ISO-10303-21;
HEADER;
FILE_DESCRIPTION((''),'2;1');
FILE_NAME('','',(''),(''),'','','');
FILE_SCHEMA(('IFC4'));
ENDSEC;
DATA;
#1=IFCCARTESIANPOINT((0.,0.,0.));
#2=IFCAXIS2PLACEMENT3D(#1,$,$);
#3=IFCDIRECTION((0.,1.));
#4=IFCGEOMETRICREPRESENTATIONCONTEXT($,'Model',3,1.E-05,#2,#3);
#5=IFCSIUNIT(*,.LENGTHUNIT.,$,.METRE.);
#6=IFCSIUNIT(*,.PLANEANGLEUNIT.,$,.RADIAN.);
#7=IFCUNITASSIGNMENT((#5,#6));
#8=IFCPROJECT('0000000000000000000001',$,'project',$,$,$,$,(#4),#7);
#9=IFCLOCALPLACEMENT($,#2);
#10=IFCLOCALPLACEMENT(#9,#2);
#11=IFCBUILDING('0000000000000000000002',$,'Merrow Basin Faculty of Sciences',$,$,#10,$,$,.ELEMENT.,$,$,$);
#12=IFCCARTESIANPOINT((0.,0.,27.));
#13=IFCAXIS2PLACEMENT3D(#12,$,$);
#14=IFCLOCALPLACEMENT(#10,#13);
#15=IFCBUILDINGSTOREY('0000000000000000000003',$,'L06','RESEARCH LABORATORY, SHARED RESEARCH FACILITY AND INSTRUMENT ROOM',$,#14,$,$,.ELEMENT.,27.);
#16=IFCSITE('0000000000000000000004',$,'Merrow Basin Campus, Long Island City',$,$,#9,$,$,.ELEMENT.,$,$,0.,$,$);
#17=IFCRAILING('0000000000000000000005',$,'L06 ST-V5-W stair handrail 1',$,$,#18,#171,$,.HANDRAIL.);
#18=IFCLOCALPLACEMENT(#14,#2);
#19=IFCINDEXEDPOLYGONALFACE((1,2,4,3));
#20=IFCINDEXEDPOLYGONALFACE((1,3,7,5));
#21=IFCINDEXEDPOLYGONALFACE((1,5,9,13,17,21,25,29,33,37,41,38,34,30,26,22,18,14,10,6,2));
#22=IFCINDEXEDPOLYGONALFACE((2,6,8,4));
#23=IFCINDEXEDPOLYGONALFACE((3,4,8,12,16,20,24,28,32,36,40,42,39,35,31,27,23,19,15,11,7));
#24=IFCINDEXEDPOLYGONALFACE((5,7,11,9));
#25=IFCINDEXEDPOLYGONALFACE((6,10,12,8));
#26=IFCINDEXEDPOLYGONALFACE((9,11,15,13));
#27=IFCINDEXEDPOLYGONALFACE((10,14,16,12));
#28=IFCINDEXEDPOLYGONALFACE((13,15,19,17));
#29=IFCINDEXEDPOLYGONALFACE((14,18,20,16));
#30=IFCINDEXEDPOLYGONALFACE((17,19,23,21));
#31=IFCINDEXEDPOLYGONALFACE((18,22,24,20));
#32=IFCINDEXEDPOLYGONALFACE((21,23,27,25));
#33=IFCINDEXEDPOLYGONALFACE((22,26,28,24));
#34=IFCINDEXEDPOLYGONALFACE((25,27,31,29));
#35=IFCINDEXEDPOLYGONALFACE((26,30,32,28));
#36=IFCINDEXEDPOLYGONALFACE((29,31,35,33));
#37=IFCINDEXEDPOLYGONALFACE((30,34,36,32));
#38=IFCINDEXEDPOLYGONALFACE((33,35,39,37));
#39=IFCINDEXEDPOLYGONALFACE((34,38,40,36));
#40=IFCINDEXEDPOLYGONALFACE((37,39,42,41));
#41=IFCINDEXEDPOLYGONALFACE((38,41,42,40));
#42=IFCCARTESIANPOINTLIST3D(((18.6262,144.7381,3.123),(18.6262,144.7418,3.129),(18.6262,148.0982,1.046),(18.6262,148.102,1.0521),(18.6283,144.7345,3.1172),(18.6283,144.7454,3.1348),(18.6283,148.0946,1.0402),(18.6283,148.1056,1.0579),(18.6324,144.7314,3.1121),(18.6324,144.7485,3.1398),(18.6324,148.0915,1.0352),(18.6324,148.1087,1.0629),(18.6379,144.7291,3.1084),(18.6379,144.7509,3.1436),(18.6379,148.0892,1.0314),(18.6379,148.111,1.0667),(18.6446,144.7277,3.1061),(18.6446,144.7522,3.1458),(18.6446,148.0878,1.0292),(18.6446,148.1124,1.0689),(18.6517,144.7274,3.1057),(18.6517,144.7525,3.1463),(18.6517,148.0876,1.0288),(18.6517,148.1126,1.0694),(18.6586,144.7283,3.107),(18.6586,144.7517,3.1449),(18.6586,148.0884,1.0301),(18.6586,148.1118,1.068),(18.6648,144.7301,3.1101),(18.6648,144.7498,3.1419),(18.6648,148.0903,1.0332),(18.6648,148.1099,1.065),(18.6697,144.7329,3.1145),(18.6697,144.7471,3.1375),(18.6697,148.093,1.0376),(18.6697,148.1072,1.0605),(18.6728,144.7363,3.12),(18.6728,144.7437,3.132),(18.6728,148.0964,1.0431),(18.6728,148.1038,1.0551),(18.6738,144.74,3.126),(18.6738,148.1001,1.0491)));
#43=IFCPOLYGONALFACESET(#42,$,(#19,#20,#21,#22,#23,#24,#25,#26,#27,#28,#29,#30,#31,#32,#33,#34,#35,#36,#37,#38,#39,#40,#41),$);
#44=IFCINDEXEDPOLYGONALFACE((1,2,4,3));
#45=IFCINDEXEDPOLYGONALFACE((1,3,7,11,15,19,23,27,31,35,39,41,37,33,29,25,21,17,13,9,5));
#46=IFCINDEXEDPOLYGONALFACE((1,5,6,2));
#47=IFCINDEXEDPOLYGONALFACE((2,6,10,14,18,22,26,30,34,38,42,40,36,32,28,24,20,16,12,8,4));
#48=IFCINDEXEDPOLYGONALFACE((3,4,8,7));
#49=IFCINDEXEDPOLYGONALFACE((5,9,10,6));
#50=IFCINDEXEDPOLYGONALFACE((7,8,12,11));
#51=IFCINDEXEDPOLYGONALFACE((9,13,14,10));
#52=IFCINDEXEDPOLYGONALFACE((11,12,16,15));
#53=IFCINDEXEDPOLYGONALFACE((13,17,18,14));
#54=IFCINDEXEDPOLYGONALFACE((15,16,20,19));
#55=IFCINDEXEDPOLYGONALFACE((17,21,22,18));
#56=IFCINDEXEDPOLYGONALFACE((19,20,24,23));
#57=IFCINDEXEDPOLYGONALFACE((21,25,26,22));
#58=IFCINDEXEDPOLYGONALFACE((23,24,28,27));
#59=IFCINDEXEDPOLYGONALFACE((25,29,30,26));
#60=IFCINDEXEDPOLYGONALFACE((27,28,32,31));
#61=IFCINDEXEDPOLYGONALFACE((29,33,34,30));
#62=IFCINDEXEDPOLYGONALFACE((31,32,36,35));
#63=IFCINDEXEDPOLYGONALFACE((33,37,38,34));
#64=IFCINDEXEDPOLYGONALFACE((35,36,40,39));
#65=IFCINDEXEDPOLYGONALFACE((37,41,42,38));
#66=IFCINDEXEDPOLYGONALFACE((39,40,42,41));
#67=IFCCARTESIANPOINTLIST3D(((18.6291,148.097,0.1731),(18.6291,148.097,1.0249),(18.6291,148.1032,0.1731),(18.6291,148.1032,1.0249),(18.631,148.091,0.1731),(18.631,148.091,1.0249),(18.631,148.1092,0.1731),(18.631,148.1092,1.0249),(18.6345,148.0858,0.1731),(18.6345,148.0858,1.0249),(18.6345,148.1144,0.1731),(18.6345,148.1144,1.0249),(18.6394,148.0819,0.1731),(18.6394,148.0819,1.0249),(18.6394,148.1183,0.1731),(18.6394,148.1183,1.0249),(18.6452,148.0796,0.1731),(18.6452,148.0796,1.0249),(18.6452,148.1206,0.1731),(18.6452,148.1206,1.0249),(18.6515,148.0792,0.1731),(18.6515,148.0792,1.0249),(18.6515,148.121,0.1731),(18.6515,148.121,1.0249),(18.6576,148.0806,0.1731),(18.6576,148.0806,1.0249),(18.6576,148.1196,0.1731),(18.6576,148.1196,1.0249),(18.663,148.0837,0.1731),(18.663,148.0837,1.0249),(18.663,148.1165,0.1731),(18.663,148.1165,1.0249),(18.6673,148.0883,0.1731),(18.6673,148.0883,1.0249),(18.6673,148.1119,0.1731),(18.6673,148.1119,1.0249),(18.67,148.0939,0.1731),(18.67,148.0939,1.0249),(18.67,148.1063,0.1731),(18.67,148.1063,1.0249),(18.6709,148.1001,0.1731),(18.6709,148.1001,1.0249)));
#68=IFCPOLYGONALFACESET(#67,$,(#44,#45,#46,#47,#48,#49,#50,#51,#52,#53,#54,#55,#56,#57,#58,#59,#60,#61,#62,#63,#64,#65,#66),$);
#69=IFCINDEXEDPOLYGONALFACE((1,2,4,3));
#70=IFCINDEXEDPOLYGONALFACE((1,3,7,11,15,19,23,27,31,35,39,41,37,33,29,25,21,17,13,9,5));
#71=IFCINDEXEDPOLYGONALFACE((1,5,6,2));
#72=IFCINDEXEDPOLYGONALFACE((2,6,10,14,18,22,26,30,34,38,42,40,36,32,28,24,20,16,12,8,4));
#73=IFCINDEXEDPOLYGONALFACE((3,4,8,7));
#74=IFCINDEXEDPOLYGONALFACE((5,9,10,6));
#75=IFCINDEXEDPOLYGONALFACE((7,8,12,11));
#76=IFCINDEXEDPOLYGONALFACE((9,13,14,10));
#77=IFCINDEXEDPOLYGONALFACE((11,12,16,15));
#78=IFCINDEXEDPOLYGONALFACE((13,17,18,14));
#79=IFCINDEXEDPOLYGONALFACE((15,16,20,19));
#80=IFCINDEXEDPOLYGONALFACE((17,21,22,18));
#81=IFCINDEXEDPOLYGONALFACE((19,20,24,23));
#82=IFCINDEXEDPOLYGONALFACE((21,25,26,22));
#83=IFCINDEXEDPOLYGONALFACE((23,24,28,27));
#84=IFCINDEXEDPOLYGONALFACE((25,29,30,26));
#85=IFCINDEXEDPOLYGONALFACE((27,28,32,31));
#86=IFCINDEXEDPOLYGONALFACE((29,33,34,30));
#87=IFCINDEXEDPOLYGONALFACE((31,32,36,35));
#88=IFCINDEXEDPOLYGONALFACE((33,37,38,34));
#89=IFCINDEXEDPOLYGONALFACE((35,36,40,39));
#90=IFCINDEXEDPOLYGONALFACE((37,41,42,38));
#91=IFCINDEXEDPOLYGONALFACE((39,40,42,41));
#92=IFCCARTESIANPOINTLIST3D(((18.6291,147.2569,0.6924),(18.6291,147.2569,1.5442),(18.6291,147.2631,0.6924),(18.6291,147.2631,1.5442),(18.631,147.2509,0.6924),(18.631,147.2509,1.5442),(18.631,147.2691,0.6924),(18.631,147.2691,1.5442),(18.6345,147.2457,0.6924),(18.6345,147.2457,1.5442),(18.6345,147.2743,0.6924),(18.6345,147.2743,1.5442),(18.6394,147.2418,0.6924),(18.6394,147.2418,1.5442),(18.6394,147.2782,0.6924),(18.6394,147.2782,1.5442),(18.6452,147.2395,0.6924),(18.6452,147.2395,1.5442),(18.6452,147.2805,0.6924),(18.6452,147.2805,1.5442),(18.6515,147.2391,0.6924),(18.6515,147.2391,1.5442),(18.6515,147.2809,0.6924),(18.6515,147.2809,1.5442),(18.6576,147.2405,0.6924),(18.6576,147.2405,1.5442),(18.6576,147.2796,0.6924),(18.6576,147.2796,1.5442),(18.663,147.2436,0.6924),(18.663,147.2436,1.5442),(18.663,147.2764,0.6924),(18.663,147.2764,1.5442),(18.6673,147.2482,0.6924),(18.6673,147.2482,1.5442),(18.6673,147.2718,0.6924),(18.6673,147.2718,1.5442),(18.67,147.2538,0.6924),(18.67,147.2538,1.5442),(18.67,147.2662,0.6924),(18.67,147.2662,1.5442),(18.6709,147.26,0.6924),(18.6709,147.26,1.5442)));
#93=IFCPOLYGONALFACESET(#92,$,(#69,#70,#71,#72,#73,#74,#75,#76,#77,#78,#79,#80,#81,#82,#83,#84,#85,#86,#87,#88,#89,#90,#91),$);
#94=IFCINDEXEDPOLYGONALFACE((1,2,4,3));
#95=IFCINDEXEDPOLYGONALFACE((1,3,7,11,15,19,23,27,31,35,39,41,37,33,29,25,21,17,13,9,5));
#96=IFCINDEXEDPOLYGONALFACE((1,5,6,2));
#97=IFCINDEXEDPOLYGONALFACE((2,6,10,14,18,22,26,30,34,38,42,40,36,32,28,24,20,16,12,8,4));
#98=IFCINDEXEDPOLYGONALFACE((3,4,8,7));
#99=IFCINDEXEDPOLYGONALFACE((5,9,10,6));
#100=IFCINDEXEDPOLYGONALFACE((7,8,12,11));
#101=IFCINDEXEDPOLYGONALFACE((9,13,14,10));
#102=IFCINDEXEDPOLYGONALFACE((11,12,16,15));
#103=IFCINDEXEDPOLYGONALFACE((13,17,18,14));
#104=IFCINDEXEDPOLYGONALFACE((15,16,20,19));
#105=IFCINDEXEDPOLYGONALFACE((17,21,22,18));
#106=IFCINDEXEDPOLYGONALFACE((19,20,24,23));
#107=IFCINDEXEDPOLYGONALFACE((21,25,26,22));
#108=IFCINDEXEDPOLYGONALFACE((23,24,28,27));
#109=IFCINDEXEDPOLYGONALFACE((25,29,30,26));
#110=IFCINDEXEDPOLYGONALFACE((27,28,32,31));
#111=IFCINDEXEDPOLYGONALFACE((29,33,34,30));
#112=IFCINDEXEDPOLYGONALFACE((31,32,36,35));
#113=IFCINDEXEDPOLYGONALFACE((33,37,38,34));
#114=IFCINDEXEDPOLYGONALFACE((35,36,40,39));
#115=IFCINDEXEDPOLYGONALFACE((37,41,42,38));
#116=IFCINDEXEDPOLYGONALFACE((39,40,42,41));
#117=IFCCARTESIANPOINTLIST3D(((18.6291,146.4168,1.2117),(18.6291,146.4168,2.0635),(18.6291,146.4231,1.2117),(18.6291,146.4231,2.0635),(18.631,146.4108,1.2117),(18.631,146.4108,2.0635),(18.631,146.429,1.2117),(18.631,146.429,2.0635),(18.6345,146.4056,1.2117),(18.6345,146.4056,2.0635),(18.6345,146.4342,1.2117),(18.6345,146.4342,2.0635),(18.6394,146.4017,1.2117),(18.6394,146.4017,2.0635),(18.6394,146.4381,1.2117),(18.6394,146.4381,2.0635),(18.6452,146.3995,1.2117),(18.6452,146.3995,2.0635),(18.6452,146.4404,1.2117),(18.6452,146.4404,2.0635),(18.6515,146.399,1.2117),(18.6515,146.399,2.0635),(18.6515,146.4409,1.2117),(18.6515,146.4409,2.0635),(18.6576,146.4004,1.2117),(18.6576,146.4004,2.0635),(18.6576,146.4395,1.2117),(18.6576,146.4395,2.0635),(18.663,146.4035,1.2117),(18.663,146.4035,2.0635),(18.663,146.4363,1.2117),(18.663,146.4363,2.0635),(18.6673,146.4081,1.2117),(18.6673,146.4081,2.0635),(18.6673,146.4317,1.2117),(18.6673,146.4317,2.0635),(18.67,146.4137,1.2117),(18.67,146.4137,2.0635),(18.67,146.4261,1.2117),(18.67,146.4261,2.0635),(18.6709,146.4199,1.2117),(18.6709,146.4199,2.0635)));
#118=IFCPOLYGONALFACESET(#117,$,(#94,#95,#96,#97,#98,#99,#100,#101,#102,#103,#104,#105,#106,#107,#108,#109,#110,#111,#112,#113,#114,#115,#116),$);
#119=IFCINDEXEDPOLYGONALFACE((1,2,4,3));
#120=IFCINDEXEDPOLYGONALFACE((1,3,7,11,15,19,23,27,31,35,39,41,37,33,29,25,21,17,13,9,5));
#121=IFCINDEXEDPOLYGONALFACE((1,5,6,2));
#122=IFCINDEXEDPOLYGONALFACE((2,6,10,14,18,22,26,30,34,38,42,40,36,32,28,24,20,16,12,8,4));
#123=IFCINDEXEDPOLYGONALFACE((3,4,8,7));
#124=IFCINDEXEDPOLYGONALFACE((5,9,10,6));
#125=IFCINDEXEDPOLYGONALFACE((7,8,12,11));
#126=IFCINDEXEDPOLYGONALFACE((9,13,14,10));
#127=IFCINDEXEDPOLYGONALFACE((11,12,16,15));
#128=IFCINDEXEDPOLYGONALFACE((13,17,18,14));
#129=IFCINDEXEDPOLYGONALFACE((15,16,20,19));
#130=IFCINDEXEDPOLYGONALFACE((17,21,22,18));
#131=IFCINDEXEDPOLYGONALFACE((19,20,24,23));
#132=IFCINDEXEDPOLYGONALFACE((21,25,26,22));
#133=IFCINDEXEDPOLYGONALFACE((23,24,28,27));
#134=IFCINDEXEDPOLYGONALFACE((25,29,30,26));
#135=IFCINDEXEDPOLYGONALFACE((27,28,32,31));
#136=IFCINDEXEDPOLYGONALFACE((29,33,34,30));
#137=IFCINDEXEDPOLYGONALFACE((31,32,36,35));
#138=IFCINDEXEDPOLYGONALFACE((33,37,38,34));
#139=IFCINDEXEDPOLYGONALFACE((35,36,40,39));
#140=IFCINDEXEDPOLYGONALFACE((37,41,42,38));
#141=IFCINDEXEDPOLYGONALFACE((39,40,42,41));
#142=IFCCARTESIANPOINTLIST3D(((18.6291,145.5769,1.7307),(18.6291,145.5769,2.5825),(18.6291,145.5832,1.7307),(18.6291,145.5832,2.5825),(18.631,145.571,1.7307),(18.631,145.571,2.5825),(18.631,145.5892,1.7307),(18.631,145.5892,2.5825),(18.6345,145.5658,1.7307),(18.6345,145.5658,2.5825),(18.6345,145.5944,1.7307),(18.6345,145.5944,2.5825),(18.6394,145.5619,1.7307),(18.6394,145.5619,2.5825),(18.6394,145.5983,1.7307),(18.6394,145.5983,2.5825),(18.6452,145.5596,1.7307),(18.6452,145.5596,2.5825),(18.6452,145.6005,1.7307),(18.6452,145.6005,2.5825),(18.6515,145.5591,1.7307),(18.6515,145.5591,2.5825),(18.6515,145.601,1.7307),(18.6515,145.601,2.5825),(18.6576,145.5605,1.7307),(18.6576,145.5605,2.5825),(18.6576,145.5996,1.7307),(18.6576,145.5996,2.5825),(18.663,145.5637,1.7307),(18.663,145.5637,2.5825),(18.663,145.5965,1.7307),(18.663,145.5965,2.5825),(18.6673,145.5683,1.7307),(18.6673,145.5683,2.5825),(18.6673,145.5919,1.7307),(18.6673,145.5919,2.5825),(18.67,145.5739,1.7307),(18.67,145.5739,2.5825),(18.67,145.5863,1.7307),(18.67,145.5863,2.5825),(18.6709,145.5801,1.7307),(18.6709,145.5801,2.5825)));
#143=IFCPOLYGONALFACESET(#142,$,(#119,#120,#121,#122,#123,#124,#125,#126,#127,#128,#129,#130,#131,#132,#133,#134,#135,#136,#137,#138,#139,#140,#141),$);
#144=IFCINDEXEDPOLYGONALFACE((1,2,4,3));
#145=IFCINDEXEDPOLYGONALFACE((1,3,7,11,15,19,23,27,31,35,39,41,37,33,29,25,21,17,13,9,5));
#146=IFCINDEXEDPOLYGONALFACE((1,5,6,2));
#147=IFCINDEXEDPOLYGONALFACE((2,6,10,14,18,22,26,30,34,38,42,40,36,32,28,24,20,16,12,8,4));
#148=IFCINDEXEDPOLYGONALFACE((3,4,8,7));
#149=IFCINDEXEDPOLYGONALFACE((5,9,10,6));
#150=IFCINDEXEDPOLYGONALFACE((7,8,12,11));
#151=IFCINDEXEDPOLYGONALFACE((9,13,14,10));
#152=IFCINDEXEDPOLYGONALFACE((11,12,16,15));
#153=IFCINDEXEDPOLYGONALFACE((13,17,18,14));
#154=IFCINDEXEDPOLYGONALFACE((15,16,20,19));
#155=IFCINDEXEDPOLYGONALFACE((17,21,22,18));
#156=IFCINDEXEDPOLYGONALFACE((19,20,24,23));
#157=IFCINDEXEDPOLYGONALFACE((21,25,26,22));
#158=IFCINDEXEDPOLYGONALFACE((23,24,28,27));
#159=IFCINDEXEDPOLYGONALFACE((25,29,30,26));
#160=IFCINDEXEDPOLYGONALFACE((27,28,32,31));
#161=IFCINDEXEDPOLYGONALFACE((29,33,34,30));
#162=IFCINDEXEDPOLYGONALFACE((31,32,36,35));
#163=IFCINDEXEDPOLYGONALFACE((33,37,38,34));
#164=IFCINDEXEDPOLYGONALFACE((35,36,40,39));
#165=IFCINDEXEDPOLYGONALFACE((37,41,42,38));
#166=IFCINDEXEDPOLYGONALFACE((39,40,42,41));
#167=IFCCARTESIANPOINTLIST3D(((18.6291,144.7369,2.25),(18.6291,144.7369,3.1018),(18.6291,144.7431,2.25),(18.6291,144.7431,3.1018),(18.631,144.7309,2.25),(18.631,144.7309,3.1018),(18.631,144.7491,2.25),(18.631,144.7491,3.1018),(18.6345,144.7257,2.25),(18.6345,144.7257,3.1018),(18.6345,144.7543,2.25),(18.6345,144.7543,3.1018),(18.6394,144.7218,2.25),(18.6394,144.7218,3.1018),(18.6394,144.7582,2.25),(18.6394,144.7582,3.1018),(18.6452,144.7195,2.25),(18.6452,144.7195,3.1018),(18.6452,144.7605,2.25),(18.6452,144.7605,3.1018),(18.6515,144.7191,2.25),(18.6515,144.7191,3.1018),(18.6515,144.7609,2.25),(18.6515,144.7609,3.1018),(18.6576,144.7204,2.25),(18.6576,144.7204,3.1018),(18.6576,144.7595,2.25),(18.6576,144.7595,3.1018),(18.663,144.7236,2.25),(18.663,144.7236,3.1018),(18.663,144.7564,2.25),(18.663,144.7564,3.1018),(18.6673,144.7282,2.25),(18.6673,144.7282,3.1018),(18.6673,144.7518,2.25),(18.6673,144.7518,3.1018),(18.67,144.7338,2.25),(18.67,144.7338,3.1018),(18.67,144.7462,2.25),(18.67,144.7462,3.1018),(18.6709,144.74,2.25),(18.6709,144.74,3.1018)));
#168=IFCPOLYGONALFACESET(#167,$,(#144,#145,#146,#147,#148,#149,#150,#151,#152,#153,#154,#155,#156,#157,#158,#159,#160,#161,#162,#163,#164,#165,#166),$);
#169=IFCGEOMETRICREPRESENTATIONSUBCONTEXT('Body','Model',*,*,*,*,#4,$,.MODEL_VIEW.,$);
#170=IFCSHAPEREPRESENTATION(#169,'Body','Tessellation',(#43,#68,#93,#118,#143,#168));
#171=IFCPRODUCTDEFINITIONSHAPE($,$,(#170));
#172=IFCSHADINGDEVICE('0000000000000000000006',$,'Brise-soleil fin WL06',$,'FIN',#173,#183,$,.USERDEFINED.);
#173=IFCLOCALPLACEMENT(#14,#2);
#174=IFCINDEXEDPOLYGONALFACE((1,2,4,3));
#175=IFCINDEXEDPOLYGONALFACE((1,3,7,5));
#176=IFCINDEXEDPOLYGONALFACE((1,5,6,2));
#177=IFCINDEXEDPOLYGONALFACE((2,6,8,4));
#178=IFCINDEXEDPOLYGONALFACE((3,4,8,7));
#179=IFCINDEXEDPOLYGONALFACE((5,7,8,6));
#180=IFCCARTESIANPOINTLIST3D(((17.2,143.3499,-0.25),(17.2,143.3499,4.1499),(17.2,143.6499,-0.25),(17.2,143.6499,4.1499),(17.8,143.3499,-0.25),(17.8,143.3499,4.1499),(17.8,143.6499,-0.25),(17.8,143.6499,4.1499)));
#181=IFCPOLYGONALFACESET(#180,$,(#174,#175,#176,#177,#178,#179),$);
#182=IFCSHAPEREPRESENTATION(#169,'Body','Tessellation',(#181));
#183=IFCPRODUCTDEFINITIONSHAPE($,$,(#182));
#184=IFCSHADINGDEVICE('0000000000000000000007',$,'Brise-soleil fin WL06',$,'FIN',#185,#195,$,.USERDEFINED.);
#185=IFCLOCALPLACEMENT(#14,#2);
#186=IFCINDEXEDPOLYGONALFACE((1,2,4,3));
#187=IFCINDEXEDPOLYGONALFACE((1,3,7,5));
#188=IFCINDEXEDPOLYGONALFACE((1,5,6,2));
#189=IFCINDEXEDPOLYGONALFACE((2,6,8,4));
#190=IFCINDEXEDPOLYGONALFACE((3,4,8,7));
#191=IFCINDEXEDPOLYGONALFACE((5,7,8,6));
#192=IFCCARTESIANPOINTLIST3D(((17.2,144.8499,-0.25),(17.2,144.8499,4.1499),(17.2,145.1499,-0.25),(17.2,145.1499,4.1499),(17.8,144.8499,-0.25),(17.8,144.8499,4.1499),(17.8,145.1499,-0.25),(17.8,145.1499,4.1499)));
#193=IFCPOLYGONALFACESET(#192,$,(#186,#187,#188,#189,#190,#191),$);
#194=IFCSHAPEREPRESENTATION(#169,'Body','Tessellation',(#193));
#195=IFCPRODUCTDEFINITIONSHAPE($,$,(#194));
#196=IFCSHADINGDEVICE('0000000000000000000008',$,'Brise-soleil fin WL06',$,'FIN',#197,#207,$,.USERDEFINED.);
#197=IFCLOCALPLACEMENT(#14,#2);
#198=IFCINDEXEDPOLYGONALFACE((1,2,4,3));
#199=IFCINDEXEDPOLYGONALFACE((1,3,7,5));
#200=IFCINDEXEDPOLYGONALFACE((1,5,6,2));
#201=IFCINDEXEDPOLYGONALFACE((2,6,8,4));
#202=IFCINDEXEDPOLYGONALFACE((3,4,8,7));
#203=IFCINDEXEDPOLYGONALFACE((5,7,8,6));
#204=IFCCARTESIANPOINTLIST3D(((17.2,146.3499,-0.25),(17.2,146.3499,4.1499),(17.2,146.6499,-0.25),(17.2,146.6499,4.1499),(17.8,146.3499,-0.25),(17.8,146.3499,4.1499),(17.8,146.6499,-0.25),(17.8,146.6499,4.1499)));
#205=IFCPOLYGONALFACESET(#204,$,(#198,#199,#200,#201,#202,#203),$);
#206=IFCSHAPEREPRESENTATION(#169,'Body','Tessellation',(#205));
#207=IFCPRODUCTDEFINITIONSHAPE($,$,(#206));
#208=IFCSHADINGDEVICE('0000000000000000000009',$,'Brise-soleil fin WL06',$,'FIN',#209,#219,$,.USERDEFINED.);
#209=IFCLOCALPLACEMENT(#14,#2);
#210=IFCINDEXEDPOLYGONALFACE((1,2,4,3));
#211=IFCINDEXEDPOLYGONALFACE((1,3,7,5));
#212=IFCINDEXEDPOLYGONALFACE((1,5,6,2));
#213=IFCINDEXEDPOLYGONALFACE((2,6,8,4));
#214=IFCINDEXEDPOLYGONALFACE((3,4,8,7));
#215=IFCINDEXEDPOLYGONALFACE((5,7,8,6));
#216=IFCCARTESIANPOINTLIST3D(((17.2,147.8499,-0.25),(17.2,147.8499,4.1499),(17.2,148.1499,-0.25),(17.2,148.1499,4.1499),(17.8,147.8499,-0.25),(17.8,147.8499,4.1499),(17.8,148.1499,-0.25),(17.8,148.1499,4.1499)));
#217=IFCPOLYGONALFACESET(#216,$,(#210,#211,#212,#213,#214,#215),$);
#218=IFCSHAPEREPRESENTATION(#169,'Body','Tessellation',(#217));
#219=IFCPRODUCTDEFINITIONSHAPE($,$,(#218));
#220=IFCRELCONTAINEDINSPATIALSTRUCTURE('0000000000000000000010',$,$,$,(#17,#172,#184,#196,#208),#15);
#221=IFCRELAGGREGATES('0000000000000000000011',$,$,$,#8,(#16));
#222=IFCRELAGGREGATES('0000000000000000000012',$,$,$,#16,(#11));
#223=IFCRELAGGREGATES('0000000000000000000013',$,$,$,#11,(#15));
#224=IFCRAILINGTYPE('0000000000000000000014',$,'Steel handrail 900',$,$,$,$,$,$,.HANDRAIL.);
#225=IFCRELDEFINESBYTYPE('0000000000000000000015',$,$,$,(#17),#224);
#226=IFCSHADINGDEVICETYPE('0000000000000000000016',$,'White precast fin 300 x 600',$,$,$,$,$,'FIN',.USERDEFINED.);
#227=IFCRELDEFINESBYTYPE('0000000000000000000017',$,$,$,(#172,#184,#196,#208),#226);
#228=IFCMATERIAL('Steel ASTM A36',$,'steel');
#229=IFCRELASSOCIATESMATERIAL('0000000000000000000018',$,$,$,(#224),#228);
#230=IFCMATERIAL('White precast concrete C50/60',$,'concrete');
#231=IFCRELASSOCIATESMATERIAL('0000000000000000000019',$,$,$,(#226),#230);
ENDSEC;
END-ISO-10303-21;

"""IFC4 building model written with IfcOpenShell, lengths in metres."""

from ifc_helpers import new_model, si_unit, direction, frame, origin, origin_2d, place, context, subcontext, project, spatial, polyline, circle, outline, extrude, source, transform, mapped, material, type_object, element, save


model = new_model("IFC4")

# Units and contexts
model_context = context("Model", 3, precision=1e-05, world=origin(), true_north=direction((0.0, 1.0)))
body_context = subcontext(model_context, "Body", "Model", "MODEL_VIEW")
ifc_project = project(units=[si_unit("LENGTHUNIT", "METRE"), si_unit("PLANEANGLEUNIT", "RADIAN")], contexts=[model_context])

# Site, building, storey
site_placement = place(None, origin())
site = spatial("IfcSite", under=ifc_project, at=site_placement, Name="Merrow Basin Campus, Long Island City", CompositionType="ELEMENT", RefElevation=0.0)
building_placement = place(site_placement, origin())
building = spatial("IfcBuilding", under=site, at=building_placement, Name="Merrow Basin Faculty of Sciences", CompositionType="ELEMENT")
storey_placement = place(building_placement, frame((0.0, 0.0, 27.0)))
storey = spatial("IfcBuildingStorey", under=building, at=storey_placement, Name="L06", Description="RESEARCH LABORATORY, SHARED RESEARCH FACILITY AND INSTRUMENT ROOM", CompositionType="ELEMENT", Elevation=27.0)

# Railing
ifc_material_1 = material(Name="Steel ASTM A36", Category="steel")
railing_type_1 = type_object("IfcRailingType", Name="Steel handrail 900", PredefinedType="HANDRAIL", material=ifc_material_1)
railing_1_placement = place(storey_placement, frame((18.6499, 148.1001, 0.1731)))
element("IfcRailing", 1, at=railing_1_placement, inside=storey, type_object=railing_type_1, Name="L06 ST-V5-W stair handrail 1", PredefinedType="HANDRAIL", context=body_context, shape_type="SweptSolid", body=[
    extrude(circle(Radius=0.0239, at=origin_2d()), frame((0.0, 0.0, 0.876), z_axis=(0.0, -0.850623, 0.525776), x_axis=(1.0, 0.0, 0.0)), (0.0, 0.0, 1.0), 3.9502),
    extrude(circle(Radius=0.021, at=origin_2d()), origin(), (0.0, 0.0, 1.0), 0.8518),
    extrude(circle(Radius=0.021, at=origin_2d()), frame((0.0, -0.8401, 0.5193)), (0.0, 0.0, 1.0), 0.8518),
    extrude(circle(Radius=0.021, at=origin_2d()), frame((0.0, -1.6802, 1.0386)), (0.0, 0.0, 1.0), 0.8518),
    extrude(circle(Radius=0.021, at=origin_2d()), frame((0.0, -2.52, 1.5576)), (0.0, 0.0, 1.0), 0.8518),
    extrude(circle(Radius=0.021, at=origin_2d()), frame((0.0, -3.3601, 2.0769)), (0.0, 0.0, 1.0), 0.8518),
])

# Shading devices
ifc_material_2 = material(Name="White precast concrete C50/60", Category="concrete")
shading_device_type = type_object("IfcShadingDeviceType", Name="White precast fin 300 x 600", ElementType="FIN", PredefinedType="USERDEFINED", material=ifc_material_2)
shared_shape_1 = source(origin(), body_context, "Body", "SweptSolid", [
    extrude(outline(polyline([(0.0, 0.0), (0.3, 0.0), (0.3, 4.3999), (0.0, 4.3999), (0.0, 0.0)])), origin(), (0.0, 0.0, 1.0), 0.6001),
])
for number, where, z_axis, x_axis, name in (
    (2, (17.8, 143.6499, -0.25), (-1.0, 0.0, 0.0), (0.0, -1.0, 0.0), "Brise-soleil fin WL06"),
    (3, (17.8, 145.1499, -0.25), (-1.0, 0.0, 0.0), (0.0, -1.0, 0.0), "Brise-soleil fin WL06"),
    (4, (17.8, 146.6499, -0.25), (-1.0, 0.0, 0.0), (0.0, -1.0, 0.0), "Brise-soleil fin WL06"),
    (5, (17.8, 148.1499, -0.25), (-1.0, 0.0, 0.0), (0.0, -1.0, 0.0), "Brise-soleil fin WL06"),
):
    element("IfcShadingDevice", number, at=place(storey_placement, frame(where, z_axis=z_axis, x_axis=x_axis)), inside=storey, type_object=shading_device_type, Name=name, ObjectType="FIN", PredefinedType="USERDEFINED", context=body_context, shape_type="MappedRepresentation", body=[
        mapped(shared_shape_1, transform((0.0, 0.0, 0.0), scale=1.0)),
    ])

save(model, "model.ifc")
